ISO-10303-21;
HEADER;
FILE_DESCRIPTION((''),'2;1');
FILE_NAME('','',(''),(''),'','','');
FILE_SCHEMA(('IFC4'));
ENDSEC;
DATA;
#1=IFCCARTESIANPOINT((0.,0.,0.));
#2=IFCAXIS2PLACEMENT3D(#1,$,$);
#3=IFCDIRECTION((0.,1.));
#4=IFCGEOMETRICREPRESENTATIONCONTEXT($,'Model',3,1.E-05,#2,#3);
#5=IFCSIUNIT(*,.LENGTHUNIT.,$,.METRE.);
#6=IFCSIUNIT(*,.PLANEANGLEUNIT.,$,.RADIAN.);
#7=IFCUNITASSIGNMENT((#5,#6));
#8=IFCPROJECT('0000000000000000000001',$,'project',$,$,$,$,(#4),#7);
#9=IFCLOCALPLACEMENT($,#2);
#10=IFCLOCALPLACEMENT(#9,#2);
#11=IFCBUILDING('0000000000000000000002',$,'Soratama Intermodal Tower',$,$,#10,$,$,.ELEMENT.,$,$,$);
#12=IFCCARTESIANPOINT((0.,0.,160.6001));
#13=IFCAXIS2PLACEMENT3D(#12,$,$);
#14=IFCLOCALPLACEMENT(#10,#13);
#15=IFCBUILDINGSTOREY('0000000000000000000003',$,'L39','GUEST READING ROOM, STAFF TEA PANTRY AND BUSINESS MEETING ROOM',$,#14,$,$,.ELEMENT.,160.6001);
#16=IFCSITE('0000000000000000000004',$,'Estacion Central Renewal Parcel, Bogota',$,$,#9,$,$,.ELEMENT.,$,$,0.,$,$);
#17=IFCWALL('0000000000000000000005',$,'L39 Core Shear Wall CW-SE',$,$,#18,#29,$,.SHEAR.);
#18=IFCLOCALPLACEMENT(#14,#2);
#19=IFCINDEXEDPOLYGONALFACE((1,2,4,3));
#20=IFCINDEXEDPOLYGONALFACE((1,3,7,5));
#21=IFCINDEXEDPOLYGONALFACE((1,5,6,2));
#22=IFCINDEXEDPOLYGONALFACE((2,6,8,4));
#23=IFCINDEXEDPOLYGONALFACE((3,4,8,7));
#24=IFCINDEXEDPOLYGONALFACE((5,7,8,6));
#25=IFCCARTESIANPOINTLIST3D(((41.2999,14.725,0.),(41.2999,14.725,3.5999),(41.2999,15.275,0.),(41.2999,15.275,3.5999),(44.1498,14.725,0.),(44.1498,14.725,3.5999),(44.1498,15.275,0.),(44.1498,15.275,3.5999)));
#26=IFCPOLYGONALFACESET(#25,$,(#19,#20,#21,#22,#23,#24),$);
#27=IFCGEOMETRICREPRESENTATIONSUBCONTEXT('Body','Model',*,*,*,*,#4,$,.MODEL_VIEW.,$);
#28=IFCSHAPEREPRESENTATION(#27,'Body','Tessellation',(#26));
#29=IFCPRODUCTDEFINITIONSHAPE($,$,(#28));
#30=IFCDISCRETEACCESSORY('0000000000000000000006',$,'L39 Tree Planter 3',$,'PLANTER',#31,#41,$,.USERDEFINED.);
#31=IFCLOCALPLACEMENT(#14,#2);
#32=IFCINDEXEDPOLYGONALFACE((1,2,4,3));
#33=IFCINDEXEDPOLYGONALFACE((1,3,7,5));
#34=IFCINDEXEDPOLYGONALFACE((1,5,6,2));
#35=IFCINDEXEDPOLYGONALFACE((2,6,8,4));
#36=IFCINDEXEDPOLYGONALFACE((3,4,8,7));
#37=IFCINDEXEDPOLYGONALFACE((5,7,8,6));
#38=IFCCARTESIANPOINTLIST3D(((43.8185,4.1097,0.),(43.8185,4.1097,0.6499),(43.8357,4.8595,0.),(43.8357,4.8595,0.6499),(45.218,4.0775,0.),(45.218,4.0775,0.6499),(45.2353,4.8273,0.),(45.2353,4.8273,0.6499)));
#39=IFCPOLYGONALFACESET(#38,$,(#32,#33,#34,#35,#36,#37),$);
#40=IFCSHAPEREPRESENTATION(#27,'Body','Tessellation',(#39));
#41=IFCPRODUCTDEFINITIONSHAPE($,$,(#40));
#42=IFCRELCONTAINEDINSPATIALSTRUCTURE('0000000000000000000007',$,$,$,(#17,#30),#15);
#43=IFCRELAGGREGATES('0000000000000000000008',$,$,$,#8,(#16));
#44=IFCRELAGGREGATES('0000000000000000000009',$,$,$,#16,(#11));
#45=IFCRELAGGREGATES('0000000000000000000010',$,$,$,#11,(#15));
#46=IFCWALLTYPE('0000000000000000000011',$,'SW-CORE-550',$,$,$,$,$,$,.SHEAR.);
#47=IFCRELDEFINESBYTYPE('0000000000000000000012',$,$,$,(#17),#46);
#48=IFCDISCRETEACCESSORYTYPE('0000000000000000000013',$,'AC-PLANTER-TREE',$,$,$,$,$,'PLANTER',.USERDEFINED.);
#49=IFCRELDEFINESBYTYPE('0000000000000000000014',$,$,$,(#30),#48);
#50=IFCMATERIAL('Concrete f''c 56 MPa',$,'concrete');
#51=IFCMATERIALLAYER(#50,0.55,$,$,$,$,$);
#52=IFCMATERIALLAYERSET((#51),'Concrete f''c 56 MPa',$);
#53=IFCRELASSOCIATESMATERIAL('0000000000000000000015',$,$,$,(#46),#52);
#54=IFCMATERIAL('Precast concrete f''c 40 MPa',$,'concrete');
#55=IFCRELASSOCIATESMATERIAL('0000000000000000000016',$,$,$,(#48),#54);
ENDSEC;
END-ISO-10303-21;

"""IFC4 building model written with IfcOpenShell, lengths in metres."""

from ifc_helpers import new_model, si_unit, direction, frame, frame_2d, origin, origin_2d, place, context, subcontext, project, spatial, rectangle, extrude, material, layer, layer_set, type_object, element, save


model = new_model("IFC4")

# Units and contexts
model_context = context("Model", 3, precision=1e-05, world=origin(), true_north=direction((0.0, 1.0)))
body_context = subcontext(model_context, "Body", "Model", "MODEL_VIEW")
ifc_project = project(units=[si_unit("LENGTHUNIT", "METRE"), si_unit("PLANEANGLEUNIT", "RADIAN")], contexts=[model_context])

# Site, building, storey
site_placement = place(None, origin())
site = spatial("IfcSite", under=ifc_project, at=site_placement, Name="Estacion Central Renewal Parcel, Bogota", CompositionType="ELEMENT", RefElevation=0.0)
building_placement = place(site_placement, origin())
building = spatial("IfcBuilding", under=site, at=building_placement, Name="Soratama Intermodal Tower", CompositionType="ELEMENT")
storey_placement = place(building_placement, frame((0.0, 0.0, 160.6001)))
storey = spatial("IfcBuildingStorey", under=building, at=storey_placement, Name="L39", Description="GUEST READING ROOM, STAFF TEA PANTRY AND BUSINESS MEETING ROOM", CompositionType="ELEMENT", Elevation=160.6001)

# Wall
ifc_material_1 = material(Name="Concrete f'c 56 MPa", Category="concrete")
ifc_layer_1 = layer(ifc_material_1, 0.55)
ifc_layer_set_1 = layer_set([ifc_layer_1], Name="Concrete f'c 56 MPa")
wall_type_1 = type_object("IfcWallType", Name="SW-CORE-550", PredefinedType="SHEAR", material=ifc_layer_set_1)
wall_1_placement = place(storey_placement, frame((41.3, 15.0, 0.0), z_axis=(0.0, 0.0, 1.0), x_axis=(1.0, 0.0, 0.0)))
element("IfcWall", 1, at=wall_1_placement, inside=storey, type_object=wall_type_1, Name="L39 Core Shear Wall CW-SE", PredefinedType="SHEAR", context=body_context, shape_type="SweptSolid", body=[
    extrude(rectangle(XDim=2.8499, YDim=0.55, at=frame_2d((1.4248, 0.0))), origin(), (0.0, 0.0, 1.0), 3.5999),
])

# Discrete accessory
ifc_material_2 = material(Name="Precast concrete f'c 40 MPa", Category="concrete")
discrete_accessory_type = type_object("IfcDiscreteAccessoryType", Name="AC-PLANTER-TREE", ElementType="PLANTER", PredefinedType="USERDEFINED", material=ifc_material_2)
discrete_accessory_placement = place(storey_placement, frame((44.5269, 4.4685, 0.0), z_axis=(0.0, 0.0, 1.0), x_axis=(-0.023036, -0.999735, 0.0)))
element("IfcDiscreteAccessory", 2, at=discrete_accessory_placement, inside=storey, type_object=discrete_accessory_type, Name="L39 Tree Planter 3", ObjectType="PLANTER", PredefinedType="USERDEFINED", context=body_context, shape_type="SweptSolid", body=[
    extrude(rectangle(XDim=0.75, YDim=1.3999, at=origin_2d()), origin(), (0.0, 0.0, 1.0), 0.6499),
])

save(model, "model.ifc")
